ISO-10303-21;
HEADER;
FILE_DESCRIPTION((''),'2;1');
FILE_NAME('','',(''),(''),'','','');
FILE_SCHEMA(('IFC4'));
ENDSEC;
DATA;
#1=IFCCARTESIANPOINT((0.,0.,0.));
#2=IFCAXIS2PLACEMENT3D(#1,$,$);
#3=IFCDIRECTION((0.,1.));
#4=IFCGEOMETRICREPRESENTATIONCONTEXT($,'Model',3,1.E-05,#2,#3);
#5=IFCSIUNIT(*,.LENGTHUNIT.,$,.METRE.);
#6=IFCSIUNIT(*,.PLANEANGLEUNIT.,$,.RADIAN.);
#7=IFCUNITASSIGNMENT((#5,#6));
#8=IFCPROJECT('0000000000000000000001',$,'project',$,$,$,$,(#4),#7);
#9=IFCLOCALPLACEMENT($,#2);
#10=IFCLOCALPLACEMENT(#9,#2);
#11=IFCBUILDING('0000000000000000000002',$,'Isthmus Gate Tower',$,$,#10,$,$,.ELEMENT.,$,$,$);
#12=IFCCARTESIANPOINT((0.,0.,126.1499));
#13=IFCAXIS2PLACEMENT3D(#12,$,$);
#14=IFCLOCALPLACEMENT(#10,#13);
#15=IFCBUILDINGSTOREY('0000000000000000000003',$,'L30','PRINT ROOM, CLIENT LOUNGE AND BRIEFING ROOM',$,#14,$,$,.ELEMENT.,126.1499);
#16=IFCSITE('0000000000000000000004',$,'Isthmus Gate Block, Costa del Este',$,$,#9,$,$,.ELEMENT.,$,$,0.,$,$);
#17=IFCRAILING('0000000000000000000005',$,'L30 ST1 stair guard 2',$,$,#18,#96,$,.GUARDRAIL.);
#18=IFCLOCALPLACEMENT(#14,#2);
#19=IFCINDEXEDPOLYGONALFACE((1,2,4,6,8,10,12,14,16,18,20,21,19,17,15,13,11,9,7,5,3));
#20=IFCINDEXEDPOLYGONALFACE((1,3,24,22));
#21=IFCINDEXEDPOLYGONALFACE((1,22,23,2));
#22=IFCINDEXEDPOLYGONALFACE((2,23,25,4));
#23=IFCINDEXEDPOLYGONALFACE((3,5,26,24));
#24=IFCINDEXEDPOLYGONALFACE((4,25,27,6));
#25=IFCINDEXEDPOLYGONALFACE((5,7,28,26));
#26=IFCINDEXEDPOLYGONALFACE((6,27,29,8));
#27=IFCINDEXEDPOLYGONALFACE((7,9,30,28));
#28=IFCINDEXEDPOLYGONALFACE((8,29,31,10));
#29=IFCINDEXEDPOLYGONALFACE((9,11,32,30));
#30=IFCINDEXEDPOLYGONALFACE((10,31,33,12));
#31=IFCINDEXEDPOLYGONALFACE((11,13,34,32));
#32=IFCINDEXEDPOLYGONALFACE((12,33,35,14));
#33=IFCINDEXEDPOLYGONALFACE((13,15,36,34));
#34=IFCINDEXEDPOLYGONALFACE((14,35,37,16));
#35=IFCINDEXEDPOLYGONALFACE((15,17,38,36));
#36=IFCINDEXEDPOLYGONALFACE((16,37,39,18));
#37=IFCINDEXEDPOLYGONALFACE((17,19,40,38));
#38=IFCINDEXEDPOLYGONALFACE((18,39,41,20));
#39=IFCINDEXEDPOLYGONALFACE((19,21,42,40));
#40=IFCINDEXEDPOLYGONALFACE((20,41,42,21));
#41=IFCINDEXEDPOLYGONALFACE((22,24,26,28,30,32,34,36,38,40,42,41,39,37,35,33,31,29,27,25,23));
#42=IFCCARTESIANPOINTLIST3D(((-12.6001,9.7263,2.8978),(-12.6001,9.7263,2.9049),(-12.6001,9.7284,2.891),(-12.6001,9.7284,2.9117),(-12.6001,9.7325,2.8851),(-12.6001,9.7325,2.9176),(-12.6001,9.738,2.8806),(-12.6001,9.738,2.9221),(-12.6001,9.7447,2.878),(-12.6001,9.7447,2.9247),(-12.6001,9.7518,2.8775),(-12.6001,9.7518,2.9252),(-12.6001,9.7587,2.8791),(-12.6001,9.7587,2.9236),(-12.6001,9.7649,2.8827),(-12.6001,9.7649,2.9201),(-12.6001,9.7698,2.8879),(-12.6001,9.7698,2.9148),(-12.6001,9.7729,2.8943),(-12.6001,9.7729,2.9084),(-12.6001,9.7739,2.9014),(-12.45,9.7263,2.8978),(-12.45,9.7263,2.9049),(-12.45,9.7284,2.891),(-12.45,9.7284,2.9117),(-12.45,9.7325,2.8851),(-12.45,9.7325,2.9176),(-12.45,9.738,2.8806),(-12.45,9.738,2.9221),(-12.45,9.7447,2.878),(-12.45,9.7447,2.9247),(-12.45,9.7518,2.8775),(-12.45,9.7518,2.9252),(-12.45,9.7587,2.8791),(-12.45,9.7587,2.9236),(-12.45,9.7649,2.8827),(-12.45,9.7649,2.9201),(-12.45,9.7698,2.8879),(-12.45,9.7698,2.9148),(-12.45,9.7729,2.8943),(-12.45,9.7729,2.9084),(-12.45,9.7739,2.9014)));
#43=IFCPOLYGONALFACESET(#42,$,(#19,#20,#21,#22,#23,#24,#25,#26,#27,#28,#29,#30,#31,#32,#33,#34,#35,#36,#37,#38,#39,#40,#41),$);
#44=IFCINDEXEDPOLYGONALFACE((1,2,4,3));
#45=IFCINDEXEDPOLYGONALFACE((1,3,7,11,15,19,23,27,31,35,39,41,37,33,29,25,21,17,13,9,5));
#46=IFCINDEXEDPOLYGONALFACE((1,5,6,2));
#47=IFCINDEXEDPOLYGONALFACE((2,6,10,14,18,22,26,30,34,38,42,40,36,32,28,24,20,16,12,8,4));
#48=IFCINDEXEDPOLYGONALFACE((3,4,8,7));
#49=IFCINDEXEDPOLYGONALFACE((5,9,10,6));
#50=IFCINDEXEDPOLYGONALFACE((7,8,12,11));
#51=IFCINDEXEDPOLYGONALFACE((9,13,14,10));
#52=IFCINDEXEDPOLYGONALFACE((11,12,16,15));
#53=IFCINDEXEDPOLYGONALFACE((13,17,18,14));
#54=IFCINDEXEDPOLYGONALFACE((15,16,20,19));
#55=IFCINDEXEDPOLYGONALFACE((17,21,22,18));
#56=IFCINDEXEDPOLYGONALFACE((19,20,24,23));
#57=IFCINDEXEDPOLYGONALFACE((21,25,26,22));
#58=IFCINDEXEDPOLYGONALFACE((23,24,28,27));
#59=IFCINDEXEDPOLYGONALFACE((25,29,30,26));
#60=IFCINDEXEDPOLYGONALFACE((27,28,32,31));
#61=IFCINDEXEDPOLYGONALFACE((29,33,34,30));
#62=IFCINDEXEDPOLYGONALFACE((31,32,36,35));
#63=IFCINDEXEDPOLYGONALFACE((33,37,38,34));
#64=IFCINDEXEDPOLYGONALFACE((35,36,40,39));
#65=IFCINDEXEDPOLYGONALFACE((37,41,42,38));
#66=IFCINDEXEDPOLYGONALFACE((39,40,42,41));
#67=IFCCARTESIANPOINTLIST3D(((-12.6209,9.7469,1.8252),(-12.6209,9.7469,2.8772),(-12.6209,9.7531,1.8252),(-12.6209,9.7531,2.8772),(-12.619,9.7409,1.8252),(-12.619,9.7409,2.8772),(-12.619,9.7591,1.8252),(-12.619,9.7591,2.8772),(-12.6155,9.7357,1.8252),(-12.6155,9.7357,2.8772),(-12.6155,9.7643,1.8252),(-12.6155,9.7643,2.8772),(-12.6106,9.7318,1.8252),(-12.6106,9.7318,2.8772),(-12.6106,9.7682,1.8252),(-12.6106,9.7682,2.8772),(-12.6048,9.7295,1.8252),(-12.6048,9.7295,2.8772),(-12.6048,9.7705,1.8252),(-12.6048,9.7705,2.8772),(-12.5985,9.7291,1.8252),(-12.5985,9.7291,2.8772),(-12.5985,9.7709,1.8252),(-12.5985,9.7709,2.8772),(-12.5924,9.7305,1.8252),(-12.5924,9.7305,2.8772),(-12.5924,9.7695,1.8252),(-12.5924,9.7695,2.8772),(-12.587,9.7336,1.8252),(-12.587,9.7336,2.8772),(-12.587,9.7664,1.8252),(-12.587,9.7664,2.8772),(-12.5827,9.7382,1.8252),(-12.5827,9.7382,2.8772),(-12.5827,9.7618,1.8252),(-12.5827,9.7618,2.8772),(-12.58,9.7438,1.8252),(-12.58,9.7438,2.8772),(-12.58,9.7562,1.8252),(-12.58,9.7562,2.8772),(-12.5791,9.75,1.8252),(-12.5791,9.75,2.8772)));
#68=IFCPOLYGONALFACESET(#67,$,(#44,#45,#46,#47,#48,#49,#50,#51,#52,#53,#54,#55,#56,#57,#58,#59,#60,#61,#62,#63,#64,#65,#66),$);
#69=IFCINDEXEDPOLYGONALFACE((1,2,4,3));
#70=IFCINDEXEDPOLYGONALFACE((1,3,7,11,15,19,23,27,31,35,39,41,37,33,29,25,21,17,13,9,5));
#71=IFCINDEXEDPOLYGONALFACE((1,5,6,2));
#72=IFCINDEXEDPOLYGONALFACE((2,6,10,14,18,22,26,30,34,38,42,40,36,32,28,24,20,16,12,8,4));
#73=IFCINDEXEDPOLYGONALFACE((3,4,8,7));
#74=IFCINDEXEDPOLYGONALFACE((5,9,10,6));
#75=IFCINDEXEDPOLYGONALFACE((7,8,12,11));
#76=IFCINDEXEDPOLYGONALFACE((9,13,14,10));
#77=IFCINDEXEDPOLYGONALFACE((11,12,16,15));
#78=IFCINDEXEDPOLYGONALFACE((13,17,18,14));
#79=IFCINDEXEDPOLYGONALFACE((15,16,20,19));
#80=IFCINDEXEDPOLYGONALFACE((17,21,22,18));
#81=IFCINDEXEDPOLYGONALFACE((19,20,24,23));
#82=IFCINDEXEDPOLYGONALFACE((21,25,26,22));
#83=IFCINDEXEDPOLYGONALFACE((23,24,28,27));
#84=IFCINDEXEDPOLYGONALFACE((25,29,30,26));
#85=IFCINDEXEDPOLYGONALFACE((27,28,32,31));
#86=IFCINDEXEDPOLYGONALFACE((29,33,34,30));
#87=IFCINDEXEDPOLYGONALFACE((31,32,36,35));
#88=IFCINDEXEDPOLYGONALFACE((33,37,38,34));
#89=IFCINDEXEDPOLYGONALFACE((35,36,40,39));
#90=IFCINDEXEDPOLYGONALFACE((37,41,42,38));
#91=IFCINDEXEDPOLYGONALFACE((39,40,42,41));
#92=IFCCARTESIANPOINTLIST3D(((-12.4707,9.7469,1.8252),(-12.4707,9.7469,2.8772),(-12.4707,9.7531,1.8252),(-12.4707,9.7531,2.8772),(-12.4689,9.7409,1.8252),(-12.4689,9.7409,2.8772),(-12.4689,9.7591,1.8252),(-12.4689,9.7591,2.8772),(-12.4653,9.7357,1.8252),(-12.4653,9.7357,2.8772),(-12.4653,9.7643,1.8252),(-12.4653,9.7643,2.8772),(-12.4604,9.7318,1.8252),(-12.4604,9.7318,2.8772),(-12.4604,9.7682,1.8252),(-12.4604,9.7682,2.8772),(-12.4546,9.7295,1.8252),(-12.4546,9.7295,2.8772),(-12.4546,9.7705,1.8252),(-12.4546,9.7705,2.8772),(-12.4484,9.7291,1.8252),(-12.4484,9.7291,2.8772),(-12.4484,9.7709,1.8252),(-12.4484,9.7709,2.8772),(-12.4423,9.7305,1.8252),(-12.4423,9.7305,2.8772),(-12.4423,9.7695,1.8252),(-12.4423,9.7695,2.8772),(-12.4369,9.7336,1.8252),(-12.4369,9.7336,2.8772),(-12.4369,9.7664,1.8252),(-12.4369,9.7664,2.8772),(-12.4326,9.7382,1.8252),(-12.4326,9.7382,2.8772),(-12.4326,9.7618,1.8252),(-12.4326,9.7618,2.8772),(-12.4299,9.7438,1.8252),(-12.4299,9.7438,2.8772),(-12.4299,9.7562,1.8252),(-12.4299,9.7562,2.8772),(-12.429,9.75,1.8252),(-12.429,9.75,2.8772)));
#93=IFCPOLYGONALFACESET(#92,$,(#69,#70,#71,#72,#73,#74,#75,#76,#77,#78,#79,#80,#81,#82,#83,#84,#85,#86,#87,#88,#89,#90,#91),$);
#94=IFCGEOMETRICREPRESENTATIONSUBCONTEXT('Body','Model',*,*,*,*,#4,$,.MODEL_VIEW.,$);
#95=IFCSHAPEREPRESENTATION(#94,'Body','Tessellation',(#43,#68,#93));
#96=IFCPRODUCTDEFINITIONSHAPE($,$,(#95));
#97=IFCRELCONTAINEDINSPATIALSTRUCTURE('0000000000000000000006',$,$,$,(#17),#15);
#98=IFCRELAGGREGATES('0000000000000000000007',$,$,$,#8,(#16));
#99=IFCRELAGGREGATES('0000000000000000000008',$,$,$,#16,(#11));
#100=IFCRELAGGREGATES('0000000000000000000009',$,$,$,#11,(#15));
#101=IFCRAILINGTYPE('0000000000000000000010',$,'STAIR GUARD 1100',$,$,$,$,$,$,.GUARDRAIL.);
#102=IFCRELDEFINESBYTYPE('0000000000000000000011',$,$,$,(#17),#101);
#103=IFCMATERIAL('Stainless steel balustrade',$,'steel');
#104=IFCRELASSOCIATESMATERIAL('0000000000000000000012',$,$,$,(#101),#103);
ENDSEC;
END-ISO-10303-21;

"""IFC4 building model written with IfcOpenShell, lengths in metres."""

from ifc_helpers import new_model, si_unit, direction, frame, origin, origin_2d, place, context, subcontext, project, spatial, circle, extrude, material, type_object, element, save


model = new_model("IFC4")

# Units and contexts
model_context = context("Model", 3, precision=1e-05, world=origin(), true_north=direction((0.0, 1.0)))
body_context = subcontext(model_context, "Body", "Model", "MODEL_VIEW")
ifc_project = project(units=[si_unit("LENGTHUNIT", "METRE"), si_unit("PLANEANGLEUNIT", "RADIAN")], contexts=[model_context])

# Site, building, storey
site_placement = place(None, origin())
site = spatial("IfcSite", under=ifc_project, at=site_placement, Name="Isthmus Gate Block, Costa del Este", CompositionType="ELEMENT", RefElevation=0.0)
building_placement = place(site_placement, origin())
building = spatial("IfcBuilding", under=site, at=building_placement, Name="Isthmus Gate Tower", CompositionType="ELEMENT")
storey_placement = place(building_placement, frame((0.0, 0.0, 126.1499)))
storey = spatial("IfcBuildingStorey", under=building, at=storey_placement, Name="L30", Description="PRINT ROOM, CLIENT LOUNGE AND BRIEFING ROOM", CompositionType="ELEMENT", Elevation=126.1499)

# Railing
ifc_material_1 = material(Name="Stainless steel balustrade", Category="steel")
railing_type_1 = type_object("IfcRailingType", Name="STAIR GUARD 1100", PredefinedType="GUARDRAIL", material=ifc_material_1)
railing_1_placement = place(storey_placement, frame((-12.6001, 9.75, 1.8252)))
element("IfcRailing", 1, at=railing_1_placement, inside=storey, type_object=railing_type_1, Name="L30 ST1 stair guard 2", PredefinedType="GUARDRAIL", context=body_context, shape_type="SweptSolid", body=[
    extrude(circle(Radius=0.0239, at=origin_2d()), frame((0.0, 0.0, 1.0762), z_axis=(1.0, 0.0, 0.0), x_axis=(0.0, 1.0, 0.0)), (0.0, 0.0, 1.0), 0.1501),
    extrude(circle(Radius=0.021, at=origin_2d()), origin(), (0.0, 0.0, 1.0), 1.052),
    extrude(circle(Radius=0.021, at=origin_2d()), frame((0.1501, 0.0, 0.0)), (0.0, 0.0, 1.0), 1.052),
])

save(model, "model.ifc")
